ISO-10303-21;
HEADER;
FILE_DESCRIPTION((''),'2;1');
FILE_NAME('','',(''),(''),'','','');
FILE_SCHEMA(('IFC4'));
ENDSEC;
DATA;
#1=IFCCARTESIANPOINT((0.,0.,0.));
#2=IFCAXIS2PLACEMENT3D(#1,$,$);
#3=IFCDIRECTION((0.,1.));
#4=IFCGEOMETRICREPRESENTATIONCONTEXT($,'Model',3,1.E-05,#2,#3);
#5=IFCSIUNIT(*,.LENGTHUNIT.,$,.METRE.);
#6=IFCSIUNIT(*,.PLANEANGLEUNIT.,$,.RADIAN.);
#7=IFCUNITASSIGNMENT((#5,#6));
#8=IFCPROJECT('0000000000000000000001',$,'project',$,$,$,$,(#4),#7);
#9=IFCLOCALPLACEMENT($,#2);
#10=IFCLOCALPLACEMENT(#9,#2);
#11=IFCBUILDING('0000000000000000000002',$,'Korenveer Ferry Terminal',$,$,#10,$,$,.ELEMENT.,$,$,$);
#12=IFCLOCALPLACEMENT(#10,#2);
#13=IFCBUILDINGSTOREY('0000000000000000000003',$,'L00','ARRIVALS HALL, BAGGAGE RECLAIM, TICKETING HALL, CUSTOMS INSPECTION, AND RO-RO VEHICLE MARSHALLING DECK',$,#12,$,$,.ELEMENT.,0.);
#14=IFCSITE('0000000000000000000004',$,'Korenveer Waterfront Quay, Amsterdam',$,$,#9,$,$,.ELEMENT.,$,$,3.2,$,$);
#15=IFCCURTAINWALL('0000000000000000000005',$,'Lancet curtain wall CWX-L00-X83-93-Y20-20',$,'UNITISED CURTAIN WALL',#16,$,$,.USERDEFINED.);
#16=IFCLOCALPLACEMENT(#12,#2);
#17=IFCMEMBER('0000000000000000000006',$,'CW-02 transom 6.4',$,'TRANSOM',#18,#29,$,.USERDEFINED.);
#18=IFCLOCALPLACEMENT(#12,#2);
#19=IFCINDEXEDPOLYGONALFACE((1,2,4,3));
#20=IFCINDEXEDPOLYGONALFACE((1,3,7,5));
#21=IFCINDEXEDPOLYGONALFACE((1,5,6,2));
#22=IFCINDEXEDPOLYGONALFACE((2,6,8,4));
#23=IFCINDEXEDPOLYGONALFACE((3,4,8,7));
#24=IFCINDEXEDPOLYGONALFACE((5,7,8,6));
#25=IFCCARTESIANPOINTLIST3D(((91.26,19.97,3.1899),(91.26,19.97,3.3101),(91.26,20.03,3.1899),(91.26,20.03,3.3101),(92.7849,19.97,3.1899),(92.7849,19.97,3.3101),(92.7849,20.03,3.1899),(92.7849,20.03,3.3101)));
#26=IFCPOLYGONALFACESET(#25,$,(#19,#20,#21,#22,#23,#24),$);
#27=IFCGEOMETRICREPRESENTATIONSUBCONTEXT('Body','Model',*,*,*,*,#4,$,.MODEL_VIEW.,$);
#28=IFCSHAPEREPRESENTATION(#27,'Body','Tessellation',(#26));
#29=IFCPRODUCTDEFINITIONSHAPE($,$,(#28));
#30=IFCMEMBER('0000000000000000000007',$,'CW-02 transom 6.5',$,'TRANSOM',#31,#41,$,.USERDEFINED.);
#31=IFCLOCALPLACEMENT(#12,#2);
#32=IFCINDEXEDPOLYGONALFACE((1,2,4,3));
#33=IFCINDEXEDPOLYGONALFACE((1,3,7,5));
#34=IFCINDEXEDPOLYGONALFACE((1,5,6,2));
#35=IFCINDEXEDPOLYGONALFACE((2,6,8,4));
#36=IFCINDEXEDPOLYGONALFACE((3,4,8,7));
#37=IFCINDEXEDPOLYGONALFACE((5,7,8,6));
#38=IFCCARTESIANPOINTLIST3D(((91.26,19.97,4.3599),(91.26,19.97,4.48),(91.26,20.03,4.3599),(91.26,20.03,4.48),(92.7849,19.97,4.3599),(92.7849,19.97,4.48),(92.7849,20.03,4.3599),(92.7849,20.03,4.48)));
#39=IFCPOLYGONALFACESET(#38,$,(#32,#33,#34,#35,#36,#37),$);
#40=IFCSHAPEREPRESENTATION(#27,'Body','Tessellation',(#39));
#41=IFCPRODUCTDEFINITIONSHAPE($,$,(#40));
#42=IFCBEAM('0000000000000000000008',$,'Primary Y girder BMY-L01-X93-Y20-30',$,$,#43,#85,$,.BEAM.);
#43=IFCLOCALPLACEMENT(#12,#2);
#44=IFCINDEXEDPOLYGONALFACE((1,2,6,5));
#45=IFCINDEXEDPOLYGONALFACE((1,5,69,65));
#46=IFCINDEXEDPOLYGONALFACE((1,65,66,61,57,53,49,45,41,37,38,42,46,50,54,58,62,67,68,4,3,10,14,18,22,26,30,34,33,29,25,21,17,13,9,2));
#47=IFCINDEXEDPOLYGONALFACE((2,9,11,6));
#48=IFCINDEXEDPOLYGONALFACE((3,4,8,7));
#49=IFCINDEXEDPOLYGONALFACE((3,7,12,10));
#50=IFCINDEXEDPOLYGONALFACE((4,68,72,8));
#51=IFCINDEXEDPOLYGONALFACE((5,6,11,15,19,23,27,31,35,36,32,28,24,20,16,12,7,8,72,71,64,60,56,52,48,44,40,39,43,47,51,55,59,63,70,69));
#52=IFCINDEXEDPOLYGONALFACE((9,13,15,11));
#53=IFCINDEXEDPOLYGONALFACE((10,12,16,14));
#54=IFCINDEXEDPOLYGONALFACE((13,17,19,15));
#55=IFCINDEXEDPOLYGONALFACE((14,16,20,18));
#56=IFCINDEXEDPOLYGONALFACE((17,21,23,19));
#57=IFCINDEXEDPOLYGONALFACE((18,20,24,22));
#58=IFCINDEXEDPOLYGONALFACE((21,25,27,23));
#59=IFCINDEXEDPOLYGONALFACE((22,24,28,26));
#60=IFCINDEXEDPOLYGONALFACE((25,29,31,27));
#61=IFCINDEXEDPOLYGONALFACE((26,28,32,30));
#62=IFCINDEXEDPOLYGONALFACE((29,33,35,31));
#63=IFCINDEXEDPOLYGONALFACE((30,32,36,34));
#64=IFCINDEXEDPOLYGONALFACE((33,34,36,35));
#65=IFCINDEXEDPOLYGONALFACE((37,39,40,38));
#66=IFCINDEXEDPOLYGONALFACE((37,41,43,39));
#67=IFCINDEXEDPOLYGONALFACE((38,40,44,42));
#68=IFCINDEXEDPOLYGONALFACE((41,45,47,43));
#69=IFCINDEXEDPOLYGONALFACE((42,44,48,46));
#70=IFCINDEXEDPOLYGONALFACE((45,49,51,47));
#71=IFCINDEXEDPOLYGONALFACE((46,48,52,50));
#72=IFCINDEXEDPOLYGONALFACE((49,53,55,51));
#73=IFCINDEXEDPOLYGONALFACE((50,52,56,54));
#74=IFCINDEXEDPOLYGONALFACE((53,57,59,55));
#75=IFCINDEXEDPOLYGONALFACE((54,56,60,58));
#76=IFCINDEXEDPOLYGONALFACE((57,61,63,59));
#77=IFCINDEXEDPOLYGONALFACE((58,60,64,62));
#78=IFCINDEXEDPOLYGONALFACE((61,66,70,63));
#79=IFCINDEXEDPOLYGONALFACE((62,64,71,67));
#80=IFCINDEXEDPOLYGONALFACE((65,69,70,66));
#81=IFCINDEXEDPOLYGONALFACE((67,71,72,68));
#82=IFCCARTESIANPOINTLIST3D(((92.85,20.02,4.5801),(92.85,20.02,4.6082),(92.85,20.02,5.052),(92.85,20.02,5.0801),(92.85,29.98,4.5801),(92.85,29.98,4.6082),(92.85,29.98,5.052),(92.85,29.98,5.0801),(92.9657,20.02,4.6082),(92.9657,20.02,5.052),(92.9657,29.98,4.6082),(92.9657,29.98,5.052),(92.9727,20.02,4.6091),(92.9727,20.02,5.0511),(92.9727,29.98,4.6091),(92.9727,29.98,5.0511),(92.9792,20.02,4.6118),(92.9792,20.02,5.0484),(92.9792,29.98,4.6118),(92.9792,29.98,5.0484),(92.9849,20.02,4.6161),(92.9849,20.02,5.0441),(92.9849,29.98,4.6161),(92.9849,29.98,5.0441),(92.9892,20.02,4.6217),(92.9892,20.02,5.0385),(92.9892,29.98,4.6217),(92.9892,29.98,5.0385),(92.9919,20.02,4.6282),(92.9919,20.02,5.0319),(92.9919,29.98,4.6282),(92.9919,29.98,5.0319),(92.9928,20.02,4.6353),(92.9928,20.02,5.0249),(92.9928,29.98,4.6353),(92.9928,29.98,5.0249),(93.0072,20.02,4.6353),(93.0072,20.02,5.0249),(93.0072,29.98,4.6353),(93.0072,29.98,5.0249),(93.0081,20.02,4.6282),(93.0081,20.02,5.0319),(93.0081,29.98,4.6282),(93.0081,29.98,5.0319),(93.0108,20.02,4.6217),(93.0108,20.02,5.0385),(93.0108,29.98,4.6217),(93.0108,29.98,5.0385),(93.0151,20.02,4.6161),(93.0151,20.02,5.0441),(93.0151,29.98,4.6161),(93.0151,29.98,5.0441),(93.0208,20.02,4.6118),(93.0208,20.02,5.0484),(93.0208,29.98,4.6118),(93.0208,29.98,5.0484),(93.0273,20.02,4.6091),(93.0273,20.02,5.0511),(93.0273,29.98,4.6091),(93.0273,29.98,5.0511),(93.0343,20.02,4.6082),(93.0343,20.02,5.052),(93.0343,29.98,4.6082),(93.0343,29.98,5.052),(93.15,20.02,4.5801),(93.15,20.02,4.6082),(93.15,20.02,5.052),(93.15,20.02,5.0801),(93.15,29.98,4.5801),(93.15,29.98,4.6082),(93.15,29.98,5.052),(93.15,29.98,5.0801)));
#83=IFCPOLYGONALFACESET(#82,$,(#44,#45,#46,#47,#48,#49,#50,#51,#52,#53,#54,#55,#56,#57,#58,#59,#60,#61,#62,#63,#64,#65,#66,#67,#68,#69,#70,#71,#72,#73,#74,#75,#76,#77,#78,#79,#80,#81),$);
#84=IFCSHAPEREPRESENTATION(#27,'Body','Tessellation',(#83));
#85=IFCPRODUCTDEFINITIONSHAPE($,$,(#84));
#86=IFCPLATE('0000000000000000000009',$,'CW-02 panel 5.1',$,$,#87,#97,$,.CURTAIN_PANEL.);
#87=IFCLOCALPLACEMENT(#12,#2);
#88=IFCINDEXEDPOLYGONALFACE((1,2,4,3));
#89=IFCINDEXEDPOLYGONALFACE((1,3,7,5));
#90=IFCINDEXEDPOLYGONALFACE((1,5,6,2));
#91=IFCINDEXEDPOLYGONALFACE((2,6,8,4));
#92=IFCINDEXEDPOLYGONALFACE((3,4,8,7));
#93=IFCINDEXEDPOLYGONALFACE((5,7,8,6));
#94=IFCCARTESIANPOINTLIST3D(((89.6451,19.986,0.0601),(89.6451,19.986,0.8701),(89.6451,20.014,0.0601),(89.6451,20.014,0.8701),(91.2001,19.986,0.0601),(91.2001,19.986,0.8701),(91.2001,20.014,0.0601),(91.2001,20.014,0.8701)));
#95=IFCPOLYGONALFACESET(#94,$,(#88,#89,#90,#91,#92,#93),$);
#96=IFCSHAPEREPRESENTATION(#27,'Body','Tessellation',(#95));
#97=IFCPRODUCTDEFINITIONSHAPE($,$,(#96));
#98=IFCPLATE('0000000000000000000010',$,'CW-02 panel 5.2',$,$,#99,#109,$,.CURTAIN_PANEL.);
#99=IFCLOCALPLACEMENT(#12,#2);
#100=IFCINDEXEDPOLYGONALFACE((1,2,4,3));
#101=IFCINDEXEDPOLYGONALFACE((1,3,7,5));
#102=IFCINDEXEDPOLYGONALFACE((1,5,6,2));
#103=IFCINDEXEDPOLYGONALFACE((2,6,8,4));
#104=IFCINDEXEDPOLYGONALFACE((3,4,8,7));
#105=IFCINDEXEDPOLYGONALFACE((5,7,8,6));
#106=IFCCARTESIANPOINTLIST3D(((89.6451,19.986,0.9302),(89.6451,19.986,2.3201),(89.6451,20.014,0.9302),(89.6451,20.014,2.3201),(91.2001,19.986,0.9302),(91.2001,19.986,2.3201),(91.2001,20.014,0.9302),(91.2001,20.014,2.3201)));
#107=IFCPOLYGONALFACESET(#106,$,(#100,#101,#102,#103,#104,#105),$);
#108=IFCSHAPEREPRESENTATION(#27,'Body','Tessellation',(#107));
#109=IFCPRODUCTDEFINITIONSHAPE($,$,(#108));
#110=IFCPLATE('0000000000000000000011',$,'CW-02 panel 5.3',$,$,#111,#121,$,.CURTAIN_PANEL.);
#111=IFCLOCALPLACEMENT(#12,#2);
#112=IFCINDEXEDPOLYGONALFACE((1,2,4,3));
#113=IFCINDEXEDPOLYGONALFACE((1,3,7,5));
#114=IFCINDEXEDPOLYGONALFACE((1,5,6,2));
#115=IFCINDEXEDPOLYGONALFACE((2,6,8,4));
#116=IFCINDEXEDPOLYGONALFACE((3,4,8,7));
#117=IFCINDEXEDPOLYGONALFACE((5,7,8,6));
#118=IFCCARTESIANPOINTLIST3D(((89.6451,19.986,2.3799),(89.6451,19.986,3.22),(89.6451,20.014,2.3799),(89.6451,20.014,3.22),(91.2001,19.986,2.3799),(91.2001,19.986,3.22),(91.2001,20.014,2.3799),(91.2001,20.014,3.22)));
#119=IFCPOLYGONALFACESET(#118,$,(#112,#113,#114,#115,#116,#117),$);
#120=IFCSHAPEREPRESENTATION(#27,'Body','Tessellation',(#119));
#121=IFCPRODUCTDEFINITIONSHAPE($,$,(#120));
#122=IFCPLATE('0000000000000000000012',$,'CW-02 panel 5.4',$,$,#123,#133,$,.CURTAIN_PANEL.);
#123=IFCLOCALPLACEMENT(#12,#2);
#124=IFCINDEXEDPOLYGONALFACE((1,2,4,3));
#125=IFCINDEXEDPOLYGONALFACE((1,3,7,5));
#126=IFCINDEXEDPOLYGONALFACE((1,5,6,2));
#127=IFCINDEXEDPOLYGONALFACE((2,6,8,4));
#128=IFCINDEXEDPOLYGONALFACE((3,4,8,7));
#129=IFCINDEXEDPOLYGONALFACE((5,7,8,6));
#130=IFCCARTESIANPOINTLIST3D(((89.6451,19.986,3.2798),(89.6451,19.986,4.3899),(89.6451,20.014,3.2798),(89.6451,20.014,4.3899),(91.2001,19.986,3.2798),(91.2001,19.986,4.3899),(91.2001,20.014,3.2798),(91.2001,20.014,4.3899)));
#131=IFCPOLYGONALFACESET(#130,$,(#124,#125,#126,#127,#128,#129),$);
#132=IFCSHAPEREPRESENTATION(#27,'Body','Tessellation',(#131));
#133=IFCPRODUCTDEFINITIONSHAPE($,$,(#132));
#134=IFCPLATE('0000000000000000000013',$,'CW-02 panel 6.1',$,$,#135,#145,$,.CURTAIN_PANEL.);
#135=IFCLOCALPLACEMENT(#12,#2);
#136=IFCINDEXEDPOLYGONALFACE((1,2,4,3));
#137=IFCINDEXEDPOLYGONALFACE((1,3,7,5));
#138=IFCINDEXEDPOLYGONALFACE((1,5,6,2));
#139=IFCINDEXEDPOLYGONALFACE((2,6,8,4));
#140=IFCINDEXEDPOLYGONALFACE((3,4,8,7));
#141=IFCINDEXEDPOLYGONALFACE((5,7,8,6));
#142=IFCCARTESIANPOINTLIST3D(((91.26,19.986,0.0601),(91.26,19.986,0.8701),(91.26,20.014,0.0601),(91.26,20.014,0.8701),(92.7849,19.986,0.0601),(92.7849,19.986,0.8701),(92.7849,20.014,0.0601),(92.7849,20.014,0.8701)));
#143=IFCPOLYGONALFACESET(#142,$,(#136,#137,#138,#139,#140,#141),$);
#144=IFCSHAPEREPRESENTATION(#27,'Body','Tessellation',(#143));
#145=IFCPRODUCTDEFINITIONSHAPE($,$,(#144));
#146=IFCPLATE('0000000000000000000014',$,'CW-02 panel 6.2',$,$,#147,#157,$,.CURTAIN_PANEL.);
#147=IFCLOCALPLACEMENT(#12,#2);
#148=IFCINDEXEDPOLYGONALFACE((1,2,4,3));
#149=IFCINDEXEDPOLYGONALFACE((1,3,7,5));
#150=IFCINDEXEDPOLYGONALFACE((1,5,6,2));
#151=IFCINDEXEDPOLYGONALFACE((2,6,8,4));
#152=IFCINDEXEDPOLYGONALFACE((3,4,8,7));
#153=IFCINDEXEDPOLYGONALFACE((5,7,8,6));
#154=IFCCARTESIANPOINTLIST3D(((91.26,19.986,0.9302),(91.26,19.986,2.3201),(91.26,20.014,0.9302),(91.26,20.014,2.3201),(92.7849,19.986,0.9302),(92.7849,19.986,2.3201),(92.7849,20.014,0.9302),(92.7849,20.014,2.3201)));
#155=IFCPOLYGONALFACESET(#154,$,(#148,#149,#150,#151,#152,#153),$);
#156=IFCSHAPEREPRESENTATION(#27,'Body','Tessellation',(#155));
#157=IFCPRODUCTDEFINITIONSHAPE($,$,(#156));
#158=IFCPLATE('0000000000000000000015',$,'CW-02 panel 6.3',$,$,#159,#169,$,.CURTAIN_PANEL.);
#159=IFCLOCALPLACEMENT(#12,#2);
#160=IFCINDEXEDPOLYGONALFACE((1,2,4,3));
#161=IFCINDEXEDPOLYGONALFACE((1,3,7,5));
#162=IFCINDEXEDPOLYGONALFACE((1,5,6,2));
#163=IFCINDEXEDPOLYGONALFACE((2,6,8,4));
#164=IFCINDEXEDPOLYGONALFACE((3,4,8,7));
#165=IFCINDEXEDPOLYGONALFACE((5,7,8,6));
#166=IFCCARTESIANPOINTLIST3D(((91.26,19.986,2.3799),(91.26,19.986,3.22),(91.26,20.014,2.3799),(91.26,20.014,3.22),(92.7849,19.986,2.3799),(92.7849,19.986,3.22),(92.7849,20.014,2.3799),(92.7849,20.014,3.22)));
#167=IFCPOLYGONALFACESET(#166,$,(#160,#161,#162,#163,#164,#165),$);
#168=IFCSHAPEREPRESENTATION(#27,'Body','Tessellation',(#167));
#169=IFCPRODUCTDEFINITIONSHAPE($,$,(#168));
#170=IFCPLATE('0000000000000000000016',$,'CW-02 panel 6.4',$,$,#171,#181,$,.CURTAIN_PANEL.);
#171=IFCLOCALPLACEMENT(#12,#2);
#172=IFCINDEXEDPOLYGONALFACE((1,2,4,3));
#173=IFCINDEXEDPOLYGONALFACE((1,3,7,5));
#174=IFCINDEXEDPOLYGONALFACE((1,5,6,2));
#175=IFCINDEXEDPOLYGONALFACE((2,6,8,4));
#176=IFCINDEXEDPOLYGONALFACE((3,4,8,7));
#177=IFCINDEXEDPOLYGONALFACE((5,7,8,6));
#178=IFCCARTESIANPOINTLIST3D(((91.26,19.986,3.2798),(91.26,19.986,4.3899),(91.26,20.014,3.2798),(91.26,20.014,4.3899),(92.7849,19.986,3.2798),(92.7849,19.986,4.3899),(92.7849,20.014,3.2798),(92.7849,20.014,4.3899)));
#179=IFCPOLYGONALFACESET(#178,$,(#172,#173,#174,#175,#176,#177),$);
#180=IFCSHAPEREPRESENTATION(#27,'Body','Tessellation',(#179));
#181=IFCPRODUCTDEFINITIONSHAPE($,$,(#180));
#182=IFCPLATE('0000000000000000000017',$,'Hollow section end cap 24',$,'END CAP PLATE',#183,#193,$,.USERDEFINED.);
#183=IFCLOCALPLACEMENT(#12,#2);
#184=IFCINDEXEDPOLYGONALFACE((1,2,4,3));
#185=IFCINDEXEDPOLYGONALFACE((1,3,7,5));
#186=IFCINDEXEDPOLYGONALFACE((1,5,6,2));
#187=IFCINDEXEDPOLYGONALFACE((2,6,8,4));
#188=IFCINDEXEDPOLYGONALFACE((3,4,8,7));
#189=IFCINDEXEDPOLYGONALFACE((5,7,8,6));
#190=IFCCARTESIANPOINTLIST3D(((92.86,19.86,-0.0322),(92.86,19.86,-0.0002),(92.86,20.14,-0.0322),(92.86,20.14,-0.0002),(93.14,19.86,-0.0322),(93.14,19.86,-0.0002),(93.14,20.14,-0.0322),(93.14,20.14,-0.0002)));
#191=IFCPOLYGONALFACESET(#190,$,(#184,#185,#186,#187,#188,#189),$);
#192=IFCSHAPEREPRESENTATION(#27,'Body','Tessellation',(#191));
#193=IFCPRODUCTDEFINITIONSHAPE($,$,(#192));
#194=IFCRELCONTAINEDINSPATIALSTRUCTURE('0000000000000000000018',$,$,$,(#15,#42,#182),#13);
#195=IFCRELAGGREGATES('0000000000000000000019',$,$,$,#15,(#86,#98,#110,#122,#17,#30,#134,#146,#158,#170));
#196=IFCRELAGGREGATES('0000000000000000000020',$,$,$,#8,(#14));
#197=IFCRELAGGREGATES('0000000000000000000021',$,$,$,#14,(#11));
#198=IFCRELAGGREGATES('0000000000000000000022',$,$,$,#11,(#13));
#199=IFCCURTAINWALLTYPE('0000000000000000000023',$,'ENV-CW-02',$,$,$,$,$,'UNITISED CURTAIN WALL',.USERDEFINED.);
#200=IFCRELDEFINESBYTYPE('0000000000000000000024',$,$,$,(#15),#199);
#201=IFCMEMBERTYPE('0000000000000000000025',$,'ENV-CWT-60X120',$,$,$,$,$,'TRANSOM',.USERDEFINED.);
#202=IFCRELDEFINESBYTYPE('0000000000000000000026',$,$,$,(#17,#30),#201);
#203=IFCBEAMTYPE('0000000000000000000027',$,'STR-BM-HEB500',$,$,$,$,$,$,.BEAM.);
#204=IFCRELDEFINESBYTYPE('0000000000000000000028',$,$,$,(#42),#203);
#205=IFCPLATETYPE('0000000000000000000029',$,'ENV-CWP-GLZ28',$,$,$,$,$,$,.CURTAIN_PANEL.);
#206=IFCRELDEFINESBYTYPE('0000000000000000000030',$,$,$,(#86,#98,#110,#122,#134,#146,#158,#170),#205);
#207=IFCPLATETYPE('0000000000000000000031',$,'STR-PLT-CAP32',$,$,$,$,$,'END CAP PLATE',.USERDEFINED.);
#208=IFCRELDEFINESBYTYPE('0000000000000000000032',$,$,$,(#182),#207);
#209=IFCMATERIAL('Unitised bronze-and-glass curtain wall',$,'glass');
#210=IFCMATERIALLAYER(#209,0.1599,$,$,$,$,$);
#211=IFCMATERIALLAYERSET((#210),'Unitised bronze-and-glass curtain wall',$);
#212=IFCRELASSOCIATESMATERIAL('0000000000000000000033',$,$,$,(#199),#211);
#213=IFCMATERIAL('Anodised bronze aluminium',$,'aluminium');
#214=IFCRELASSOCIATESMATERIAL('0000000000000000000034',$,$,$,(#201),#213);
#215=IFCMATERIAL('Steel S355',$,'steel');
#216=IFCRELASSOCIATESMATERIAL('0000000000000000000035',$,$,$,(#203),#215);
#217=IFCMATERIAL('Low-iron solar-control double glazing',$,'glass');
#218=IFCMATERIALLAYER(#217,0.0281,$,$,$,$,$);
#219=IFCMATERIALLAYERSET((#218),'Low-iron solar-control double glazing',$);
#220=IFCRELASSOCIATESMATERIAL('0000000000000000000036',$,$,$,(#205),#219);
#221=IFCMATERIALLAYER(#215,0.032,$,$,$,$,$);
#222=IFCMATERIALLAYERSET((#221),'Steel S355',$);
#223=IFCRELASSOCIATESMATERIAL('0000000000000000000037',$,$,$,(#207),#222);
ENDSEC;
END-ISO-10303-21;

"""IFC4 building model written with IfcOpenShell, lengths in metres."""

from ifc_helpers import new_model, si_unit, direction, frame, origin, origin_2d, place, context, subcontext, project, spatial, rectangle, i_section, extrude, material, layer, layer_set, material_profile, profile_set, type_object, element, aggregate, save


model = new_model("IFC4")

# Units and contexts
model_context = context("Model", 3, precision=1e-05, world=origin(), true_north=direction((0.0, 1.0)))
body_context = subcontext(model_context, "Body", "Model", "MODEL_VIEW")
ifc_project = project(units=[si_unit("LENGTHUNIT", "METRE"), si_unit("PLANEANGLEUNIT", "RADIAN")], contexts=[model_context])

# Site, building, storey
site_placement = place(None, origin())
site = spatial("IfcSite", under=ifc_project, at=site_placement, Name="Korenveer Waterfront Quay, Amsterdam", CompositionType="ELEMENT", RefElevation=3.2)
building_placement = place(site_placement, origin())
building = spatial("IfcBuilding", under=site, at=building_placement, Name="Korenveer Ferry Terminal", CompositionType="ELEMENT")
storey_placement = place(building_placement, origin())
storey = spatial("IfcBuildingStorey", under=building, at=storey_placement, Name="L00", Description="ARRIVALS HALL, BAGGAGE RECLAIM, TICKETING HALL, CUSTOMS INSPECTION, AND RO-RO VEHICLE MARSHALLING DECK", CompositionType="ELEMENT", Elevation=0.0)

# Shared definitions
ifc_material_1 = material(Name="Steel S355", Category="steel")

# Curtain wall, members
ifc_material_2 = material(Name="Unitised bronze-and-glass curtain wall", Category="glass")
ifc_layer_1 = layer(ifc_material_2, 0.1599)
ifc_layer_set_1 = layer_set([ifc_layer_1], Name="Unitised bronze-and-glass curtain wall")
curtain_wall_type = type_object("IfcCurtainWallType", Name="ENV-CW-02", ElementType="UNITISED CURTAIN WALL", PredefinedType="USERDEFINED", material=ifc_layer_set_1)
curtain_wall_placement = place(storey_placement, frame((83.155, 20.0, 0.0)))
curtain_wall = element("IfcCurtainWall", 1, at=curtain_wall_placement, inside=storey, type_object=curtain_wall_type, Name="Lancet curtain wall CWX-L00-X83-93-Y20-20", ObjectType="UNITISED CURTAIN WALL", PredefinedType="USERDEFINED")
ifc_material_3 = material(Name="Anodised bronze aluminium", Category="aluminium")
ifc_material_profile_1 = material_profile(ifc_material_3, rectangle(XDim=0.0601, YDim=0.1201, at=origin_2d()), Name="ALU 60x120")
ifc_profile_set_1 = profile_set([ifc_material_profile_1], Name="Anodised bronze aluminium")
member_type_1 = type_object("IfcMemberType", Name="ENV-CWT-60X120", ElementType="TRANSOM", PredefinedType="USERDEFINED", material=ifc_profile_set_1)
member_1_placement = place(storey_placement, frame((91.26, 20.0, 3.25), z_axis=(1.0, 0.0, 0.0), x_axis=(0.0, 1.0, 0.0)))
member_1 = element("IfcMember", 2, at=member_1_placement, type_object=member_type_1, Name="CW-02 transom 6.4", ObjectType="TRANSOM", PredefinedType="USERDEFINED", context=body_context, shape_type="SweptSolid", body=[
    extrude(rectangle(XDim=0.0601, YDim=0.1201, at=origin_2d()), origin(), (0.0, 0.0, 1.0), 1.5249),
])
member_2_placement = place(storey_placement, frame((91.26, 20.0, 4.4199), z_axis=(1.0, 0.0, 0.0), x_axis=(0.0, 1.0, 0.0)))
member_2 = element("IfcMember", 3, at=member_2_placement, type_object=member_type_1, Name="CW-02 transom 6.5", ObjectType="TRANSOM", PredefinedType="USERDEFINED", context=body_context, shape_type="SweptSolid", body=[
    extrude(rectangle(XDim=0.0601, YDim=0.1201, at=origin_2d()), origin(), (0.0, 0.0, 1.0), 1.5249),
])

# Beam
ifc_material_profile_2 = material_profile(ifc_material_1, i_section(OverallWidth=0.3, OverallDepth=0.5, WebThickness=0.0144, FlangeThickness=0.0281, FilletRadius=0.0271, at=origin_2d()), Name="HEB 500")
ifc_profile_set_2 = profile_set([ifc_material_profile_2], Name="Steel S355")
beam_type = type_object("IfcBeamType", Name="STR-BM-HEB500", PredefinedType="BEAM", material=ifc_profile_set_2)
beam_placement = place(storey_placement, frame((93.0, 20.02, 4.8301), z_axis=(0.0, 1.0, 0.0), x_axis=(-1.0, 0.0, 0.0)))
element("IfcBeam", 4, at=beam_placement, inside=storey, type_object=beam_type, Name="Primary Y girder BMY-L01-X93-Y20-30", PredefinedType="BEAM", context=body_context, shape_type="SweptSolid", body=[
    extrude(i_section(OverallWidth=0.3, OverallDepth=0.5, WebThickness=0.0144, FlangeThickness=0.0281, FilletRadius=0.0271, at=origin_2d()), origin(), (0.0, 0.0, 1.0), 9.96),
])

# Plates
ifc_material_4 = material(Name="Low-iron solar-control double glazing", Category="glass")
ifc_layer_2 = layer(ifc_material_4, 0.0281)
ifc_layer_set_2 = layer_set([ifc_layer_2], Name="Low-iron solar-control double glazing")
plate_type_1 = type_object("IfcPlateType", Name="ENV-CWP-GLZ28", PredefinedType="CURTAIN_PANEL", material=ifc_layer_set_2)
plate_1_placement = place(storey_placement, frame((90.4226, 20.0, 0.0601), z_axis=(0.0, 0.0, 1.0), x_axis=(1.0, 0.0, 0.0)))
plate_1 = element("IfcPlate", 5, at=plate_1_placement, type_object=plate_type_1, Name="CW-02 panel 5.1", PredefinedType="CURTAIN_PANEL", context=body_context, shape_type="SweptSolid", body=[
    extrude(rectangle(XDim=1.5549, YDim=0.0281, at=origin_2d()), origin(), (0.0, 0.0, 1.0), 0.8101),
])
plate_2_placement = place(storey_placement, frame((90.4226, 20.0, 0.9302), z_axis=(0.0, 0.0, 1.0), x_axis=(1.0, 0.0, 0.0)))
plate_2 = element("IfcPlate", 6, at=plate_2_placement, type_object=plate_type_1, Name="CW-02 panel 5.2", PredefinedType="CURTAIN_PANEL", context=body_context, shape_type="SweptSolid", body=[
    extrude(rectangle(XDim=1.5549, YDim=0.0281, at=origin_2d()), origin(), (0.0, 0.0, 1.0), 1.3899),
])
plate_3_placement = place(storey_placement, frame((90.4226, 20.0, 2.3799), z_axis=(0.0, 0.0, 1.0), x_axis=(1.0, 0.0, 0.0)))
plate_3 = element("IfcPlate", 7, at=plate_3_placement, type_object=plate_type_1, Name="CW-02 panel 5.3", PredefinedType="CURTAIN_PANEL", context=body_context, shape_type="SweptSolid", body=[
    extrude(rectangle(XDim=1.5549, YDim=0.0281, at=origin_2d()), origin(), (0.0, 0.0, 1.0), 0.8401),
])
plate_4_placement = place(storey_placement, frame((90.4226, 20.0, 3.2798), z_axis=(0.0, 0.0, 1.0), x_axis=(1.0, 0.0, 0.0)))
plate_4 = element("IfcPlate", 8, at=plate_4_placement, type_object=plate_type_1, Name="CW-02 panel 5.4", PredefinedType="CURTAIN_PANEL", context=body_context, shape_type="SweptSolid", body=[
    extrude(rectangle(XDim=1.5549, YDim=0.0281, at=origin_2d()), origin(), (0.0, 0.0, 1.0), 1.1101),
])
plate_5_placement = place(storey_placement, frame((92.0225, 20.0, 0.0601), z_axis=(0.0, 0.0, 1.0), x_axis=(1.0, 0.0, 0.0)))
plate_5 = element("IfcPlate", 9, at=plate_5_placement, type_object=plate_type_1, Name="CW-02 panel 6.1", PredefinedType="CURTAIN_PANEL", context=body_context, shape_type="SweptSolid", body=[
    extrude(rectangle(XDim=1.5249, YDim=0.0281, at=origin_2d()), origin(), (0.0, 0.0, 1.0), 0.8101),
])
plate_6_placement = place(storey_placement, frame((92.0225, 20.0, 0.9302), z_axis=(0.0, 0.0, 1.0), x_axis=(1.0, 0.0, 0.0)))
plate_6 = element("IfcPlate", 10, at=plate_6_placement, type_object=plate_type_1, Name="CW-02 panel 6.2", PredefinedType="CURTAIN_PANEL", context=body_context, shape_type="SweptSolid", body=[
    extrude(rectangle(XDim=1.5249, YDim=0.0281, at=origin_2d()), origin(), (0.0, 0.0, 1.0), 1.3899),
])
plate_7_placement = place(storey_placement, frame((92.0225, 20.0, 2.3799), z_axis=(0.0, 0.0, 1.0), x_axis=(1.0, 0.0, 0.0)))
plate_7 = element("IfcPlate", 11, at=plate_7_placement, type_object=plate_type_1, Name="CW-02 panel 6.3", PredefinedType="CURTAIN_PANEL", context=body_context, shape_type="SweptSolid", body=[
    extrude(rectangle(XDim=1.5249, YDim=0.0281, at=origin_2d()), origin(), (0.0, 0.0, 1.0), 0.8401),
])
plate_8_placement = place(storey_placement, frame((92.0225, 20.0, 3.2798), z_axis=(0.0, 0.0, 1.0), x_axis=(1.0, 0.0, 0.0)))
plate_8 = element("IfcPlate", 12, at=plate_8_placement, type_object=plate_type_1, Name="CW-02 panel 6.4", PredefinedType="CURTAIN_PANEL", context=body_context, shape_type="SweptSolid", body=[
    extrude(rectangle(XDim=1.5249, YDim=0.0281, at=origin_2d()), origin(), (0.0, 0.0, 1.0), 1.1101),
])
aggregate(curtain_wall, [plate_1, plate_2, plate_3, plate_4, member_1, member_2, plate_5, plate_6, plate_7, plate_8])
ifc_layer_3 = layer(ifc_material_1, 0.032)
ifc_layer_set_3 = layer_set([ifc_layer_3], Name="Steel S355")
plate_type_2 = type_object("IfcPlateType", Name="STR-PLT-CAP32", ElementType="END CAP PLATE", PredefinedType="USERDEFINED", material=ifc_layer_set_3)
plate_9_placement = place(storey_placement, frame((93.0, 20.0, -0.0322), z_axis=(0.0, 0.0, 1.0), x_axis=(1.0, 0.0, 0.0)))
element("IfcPlate", 13, at=plate_9_placement, inside=storey, type_object=plate_type_2, Name="Hollow section end cap 24", ObjectType="END CAP PLATE", PredefinedType="USERDEFINED", context=body_context, shape_type="SweptSolid", body=[
    extrude(rectangle(XDim=0.28, YDim=0.28, at=origin_2d()), origin(), (0.0, 0.0, 1.0), 0.032),
])

save(model, "model.ifc")
